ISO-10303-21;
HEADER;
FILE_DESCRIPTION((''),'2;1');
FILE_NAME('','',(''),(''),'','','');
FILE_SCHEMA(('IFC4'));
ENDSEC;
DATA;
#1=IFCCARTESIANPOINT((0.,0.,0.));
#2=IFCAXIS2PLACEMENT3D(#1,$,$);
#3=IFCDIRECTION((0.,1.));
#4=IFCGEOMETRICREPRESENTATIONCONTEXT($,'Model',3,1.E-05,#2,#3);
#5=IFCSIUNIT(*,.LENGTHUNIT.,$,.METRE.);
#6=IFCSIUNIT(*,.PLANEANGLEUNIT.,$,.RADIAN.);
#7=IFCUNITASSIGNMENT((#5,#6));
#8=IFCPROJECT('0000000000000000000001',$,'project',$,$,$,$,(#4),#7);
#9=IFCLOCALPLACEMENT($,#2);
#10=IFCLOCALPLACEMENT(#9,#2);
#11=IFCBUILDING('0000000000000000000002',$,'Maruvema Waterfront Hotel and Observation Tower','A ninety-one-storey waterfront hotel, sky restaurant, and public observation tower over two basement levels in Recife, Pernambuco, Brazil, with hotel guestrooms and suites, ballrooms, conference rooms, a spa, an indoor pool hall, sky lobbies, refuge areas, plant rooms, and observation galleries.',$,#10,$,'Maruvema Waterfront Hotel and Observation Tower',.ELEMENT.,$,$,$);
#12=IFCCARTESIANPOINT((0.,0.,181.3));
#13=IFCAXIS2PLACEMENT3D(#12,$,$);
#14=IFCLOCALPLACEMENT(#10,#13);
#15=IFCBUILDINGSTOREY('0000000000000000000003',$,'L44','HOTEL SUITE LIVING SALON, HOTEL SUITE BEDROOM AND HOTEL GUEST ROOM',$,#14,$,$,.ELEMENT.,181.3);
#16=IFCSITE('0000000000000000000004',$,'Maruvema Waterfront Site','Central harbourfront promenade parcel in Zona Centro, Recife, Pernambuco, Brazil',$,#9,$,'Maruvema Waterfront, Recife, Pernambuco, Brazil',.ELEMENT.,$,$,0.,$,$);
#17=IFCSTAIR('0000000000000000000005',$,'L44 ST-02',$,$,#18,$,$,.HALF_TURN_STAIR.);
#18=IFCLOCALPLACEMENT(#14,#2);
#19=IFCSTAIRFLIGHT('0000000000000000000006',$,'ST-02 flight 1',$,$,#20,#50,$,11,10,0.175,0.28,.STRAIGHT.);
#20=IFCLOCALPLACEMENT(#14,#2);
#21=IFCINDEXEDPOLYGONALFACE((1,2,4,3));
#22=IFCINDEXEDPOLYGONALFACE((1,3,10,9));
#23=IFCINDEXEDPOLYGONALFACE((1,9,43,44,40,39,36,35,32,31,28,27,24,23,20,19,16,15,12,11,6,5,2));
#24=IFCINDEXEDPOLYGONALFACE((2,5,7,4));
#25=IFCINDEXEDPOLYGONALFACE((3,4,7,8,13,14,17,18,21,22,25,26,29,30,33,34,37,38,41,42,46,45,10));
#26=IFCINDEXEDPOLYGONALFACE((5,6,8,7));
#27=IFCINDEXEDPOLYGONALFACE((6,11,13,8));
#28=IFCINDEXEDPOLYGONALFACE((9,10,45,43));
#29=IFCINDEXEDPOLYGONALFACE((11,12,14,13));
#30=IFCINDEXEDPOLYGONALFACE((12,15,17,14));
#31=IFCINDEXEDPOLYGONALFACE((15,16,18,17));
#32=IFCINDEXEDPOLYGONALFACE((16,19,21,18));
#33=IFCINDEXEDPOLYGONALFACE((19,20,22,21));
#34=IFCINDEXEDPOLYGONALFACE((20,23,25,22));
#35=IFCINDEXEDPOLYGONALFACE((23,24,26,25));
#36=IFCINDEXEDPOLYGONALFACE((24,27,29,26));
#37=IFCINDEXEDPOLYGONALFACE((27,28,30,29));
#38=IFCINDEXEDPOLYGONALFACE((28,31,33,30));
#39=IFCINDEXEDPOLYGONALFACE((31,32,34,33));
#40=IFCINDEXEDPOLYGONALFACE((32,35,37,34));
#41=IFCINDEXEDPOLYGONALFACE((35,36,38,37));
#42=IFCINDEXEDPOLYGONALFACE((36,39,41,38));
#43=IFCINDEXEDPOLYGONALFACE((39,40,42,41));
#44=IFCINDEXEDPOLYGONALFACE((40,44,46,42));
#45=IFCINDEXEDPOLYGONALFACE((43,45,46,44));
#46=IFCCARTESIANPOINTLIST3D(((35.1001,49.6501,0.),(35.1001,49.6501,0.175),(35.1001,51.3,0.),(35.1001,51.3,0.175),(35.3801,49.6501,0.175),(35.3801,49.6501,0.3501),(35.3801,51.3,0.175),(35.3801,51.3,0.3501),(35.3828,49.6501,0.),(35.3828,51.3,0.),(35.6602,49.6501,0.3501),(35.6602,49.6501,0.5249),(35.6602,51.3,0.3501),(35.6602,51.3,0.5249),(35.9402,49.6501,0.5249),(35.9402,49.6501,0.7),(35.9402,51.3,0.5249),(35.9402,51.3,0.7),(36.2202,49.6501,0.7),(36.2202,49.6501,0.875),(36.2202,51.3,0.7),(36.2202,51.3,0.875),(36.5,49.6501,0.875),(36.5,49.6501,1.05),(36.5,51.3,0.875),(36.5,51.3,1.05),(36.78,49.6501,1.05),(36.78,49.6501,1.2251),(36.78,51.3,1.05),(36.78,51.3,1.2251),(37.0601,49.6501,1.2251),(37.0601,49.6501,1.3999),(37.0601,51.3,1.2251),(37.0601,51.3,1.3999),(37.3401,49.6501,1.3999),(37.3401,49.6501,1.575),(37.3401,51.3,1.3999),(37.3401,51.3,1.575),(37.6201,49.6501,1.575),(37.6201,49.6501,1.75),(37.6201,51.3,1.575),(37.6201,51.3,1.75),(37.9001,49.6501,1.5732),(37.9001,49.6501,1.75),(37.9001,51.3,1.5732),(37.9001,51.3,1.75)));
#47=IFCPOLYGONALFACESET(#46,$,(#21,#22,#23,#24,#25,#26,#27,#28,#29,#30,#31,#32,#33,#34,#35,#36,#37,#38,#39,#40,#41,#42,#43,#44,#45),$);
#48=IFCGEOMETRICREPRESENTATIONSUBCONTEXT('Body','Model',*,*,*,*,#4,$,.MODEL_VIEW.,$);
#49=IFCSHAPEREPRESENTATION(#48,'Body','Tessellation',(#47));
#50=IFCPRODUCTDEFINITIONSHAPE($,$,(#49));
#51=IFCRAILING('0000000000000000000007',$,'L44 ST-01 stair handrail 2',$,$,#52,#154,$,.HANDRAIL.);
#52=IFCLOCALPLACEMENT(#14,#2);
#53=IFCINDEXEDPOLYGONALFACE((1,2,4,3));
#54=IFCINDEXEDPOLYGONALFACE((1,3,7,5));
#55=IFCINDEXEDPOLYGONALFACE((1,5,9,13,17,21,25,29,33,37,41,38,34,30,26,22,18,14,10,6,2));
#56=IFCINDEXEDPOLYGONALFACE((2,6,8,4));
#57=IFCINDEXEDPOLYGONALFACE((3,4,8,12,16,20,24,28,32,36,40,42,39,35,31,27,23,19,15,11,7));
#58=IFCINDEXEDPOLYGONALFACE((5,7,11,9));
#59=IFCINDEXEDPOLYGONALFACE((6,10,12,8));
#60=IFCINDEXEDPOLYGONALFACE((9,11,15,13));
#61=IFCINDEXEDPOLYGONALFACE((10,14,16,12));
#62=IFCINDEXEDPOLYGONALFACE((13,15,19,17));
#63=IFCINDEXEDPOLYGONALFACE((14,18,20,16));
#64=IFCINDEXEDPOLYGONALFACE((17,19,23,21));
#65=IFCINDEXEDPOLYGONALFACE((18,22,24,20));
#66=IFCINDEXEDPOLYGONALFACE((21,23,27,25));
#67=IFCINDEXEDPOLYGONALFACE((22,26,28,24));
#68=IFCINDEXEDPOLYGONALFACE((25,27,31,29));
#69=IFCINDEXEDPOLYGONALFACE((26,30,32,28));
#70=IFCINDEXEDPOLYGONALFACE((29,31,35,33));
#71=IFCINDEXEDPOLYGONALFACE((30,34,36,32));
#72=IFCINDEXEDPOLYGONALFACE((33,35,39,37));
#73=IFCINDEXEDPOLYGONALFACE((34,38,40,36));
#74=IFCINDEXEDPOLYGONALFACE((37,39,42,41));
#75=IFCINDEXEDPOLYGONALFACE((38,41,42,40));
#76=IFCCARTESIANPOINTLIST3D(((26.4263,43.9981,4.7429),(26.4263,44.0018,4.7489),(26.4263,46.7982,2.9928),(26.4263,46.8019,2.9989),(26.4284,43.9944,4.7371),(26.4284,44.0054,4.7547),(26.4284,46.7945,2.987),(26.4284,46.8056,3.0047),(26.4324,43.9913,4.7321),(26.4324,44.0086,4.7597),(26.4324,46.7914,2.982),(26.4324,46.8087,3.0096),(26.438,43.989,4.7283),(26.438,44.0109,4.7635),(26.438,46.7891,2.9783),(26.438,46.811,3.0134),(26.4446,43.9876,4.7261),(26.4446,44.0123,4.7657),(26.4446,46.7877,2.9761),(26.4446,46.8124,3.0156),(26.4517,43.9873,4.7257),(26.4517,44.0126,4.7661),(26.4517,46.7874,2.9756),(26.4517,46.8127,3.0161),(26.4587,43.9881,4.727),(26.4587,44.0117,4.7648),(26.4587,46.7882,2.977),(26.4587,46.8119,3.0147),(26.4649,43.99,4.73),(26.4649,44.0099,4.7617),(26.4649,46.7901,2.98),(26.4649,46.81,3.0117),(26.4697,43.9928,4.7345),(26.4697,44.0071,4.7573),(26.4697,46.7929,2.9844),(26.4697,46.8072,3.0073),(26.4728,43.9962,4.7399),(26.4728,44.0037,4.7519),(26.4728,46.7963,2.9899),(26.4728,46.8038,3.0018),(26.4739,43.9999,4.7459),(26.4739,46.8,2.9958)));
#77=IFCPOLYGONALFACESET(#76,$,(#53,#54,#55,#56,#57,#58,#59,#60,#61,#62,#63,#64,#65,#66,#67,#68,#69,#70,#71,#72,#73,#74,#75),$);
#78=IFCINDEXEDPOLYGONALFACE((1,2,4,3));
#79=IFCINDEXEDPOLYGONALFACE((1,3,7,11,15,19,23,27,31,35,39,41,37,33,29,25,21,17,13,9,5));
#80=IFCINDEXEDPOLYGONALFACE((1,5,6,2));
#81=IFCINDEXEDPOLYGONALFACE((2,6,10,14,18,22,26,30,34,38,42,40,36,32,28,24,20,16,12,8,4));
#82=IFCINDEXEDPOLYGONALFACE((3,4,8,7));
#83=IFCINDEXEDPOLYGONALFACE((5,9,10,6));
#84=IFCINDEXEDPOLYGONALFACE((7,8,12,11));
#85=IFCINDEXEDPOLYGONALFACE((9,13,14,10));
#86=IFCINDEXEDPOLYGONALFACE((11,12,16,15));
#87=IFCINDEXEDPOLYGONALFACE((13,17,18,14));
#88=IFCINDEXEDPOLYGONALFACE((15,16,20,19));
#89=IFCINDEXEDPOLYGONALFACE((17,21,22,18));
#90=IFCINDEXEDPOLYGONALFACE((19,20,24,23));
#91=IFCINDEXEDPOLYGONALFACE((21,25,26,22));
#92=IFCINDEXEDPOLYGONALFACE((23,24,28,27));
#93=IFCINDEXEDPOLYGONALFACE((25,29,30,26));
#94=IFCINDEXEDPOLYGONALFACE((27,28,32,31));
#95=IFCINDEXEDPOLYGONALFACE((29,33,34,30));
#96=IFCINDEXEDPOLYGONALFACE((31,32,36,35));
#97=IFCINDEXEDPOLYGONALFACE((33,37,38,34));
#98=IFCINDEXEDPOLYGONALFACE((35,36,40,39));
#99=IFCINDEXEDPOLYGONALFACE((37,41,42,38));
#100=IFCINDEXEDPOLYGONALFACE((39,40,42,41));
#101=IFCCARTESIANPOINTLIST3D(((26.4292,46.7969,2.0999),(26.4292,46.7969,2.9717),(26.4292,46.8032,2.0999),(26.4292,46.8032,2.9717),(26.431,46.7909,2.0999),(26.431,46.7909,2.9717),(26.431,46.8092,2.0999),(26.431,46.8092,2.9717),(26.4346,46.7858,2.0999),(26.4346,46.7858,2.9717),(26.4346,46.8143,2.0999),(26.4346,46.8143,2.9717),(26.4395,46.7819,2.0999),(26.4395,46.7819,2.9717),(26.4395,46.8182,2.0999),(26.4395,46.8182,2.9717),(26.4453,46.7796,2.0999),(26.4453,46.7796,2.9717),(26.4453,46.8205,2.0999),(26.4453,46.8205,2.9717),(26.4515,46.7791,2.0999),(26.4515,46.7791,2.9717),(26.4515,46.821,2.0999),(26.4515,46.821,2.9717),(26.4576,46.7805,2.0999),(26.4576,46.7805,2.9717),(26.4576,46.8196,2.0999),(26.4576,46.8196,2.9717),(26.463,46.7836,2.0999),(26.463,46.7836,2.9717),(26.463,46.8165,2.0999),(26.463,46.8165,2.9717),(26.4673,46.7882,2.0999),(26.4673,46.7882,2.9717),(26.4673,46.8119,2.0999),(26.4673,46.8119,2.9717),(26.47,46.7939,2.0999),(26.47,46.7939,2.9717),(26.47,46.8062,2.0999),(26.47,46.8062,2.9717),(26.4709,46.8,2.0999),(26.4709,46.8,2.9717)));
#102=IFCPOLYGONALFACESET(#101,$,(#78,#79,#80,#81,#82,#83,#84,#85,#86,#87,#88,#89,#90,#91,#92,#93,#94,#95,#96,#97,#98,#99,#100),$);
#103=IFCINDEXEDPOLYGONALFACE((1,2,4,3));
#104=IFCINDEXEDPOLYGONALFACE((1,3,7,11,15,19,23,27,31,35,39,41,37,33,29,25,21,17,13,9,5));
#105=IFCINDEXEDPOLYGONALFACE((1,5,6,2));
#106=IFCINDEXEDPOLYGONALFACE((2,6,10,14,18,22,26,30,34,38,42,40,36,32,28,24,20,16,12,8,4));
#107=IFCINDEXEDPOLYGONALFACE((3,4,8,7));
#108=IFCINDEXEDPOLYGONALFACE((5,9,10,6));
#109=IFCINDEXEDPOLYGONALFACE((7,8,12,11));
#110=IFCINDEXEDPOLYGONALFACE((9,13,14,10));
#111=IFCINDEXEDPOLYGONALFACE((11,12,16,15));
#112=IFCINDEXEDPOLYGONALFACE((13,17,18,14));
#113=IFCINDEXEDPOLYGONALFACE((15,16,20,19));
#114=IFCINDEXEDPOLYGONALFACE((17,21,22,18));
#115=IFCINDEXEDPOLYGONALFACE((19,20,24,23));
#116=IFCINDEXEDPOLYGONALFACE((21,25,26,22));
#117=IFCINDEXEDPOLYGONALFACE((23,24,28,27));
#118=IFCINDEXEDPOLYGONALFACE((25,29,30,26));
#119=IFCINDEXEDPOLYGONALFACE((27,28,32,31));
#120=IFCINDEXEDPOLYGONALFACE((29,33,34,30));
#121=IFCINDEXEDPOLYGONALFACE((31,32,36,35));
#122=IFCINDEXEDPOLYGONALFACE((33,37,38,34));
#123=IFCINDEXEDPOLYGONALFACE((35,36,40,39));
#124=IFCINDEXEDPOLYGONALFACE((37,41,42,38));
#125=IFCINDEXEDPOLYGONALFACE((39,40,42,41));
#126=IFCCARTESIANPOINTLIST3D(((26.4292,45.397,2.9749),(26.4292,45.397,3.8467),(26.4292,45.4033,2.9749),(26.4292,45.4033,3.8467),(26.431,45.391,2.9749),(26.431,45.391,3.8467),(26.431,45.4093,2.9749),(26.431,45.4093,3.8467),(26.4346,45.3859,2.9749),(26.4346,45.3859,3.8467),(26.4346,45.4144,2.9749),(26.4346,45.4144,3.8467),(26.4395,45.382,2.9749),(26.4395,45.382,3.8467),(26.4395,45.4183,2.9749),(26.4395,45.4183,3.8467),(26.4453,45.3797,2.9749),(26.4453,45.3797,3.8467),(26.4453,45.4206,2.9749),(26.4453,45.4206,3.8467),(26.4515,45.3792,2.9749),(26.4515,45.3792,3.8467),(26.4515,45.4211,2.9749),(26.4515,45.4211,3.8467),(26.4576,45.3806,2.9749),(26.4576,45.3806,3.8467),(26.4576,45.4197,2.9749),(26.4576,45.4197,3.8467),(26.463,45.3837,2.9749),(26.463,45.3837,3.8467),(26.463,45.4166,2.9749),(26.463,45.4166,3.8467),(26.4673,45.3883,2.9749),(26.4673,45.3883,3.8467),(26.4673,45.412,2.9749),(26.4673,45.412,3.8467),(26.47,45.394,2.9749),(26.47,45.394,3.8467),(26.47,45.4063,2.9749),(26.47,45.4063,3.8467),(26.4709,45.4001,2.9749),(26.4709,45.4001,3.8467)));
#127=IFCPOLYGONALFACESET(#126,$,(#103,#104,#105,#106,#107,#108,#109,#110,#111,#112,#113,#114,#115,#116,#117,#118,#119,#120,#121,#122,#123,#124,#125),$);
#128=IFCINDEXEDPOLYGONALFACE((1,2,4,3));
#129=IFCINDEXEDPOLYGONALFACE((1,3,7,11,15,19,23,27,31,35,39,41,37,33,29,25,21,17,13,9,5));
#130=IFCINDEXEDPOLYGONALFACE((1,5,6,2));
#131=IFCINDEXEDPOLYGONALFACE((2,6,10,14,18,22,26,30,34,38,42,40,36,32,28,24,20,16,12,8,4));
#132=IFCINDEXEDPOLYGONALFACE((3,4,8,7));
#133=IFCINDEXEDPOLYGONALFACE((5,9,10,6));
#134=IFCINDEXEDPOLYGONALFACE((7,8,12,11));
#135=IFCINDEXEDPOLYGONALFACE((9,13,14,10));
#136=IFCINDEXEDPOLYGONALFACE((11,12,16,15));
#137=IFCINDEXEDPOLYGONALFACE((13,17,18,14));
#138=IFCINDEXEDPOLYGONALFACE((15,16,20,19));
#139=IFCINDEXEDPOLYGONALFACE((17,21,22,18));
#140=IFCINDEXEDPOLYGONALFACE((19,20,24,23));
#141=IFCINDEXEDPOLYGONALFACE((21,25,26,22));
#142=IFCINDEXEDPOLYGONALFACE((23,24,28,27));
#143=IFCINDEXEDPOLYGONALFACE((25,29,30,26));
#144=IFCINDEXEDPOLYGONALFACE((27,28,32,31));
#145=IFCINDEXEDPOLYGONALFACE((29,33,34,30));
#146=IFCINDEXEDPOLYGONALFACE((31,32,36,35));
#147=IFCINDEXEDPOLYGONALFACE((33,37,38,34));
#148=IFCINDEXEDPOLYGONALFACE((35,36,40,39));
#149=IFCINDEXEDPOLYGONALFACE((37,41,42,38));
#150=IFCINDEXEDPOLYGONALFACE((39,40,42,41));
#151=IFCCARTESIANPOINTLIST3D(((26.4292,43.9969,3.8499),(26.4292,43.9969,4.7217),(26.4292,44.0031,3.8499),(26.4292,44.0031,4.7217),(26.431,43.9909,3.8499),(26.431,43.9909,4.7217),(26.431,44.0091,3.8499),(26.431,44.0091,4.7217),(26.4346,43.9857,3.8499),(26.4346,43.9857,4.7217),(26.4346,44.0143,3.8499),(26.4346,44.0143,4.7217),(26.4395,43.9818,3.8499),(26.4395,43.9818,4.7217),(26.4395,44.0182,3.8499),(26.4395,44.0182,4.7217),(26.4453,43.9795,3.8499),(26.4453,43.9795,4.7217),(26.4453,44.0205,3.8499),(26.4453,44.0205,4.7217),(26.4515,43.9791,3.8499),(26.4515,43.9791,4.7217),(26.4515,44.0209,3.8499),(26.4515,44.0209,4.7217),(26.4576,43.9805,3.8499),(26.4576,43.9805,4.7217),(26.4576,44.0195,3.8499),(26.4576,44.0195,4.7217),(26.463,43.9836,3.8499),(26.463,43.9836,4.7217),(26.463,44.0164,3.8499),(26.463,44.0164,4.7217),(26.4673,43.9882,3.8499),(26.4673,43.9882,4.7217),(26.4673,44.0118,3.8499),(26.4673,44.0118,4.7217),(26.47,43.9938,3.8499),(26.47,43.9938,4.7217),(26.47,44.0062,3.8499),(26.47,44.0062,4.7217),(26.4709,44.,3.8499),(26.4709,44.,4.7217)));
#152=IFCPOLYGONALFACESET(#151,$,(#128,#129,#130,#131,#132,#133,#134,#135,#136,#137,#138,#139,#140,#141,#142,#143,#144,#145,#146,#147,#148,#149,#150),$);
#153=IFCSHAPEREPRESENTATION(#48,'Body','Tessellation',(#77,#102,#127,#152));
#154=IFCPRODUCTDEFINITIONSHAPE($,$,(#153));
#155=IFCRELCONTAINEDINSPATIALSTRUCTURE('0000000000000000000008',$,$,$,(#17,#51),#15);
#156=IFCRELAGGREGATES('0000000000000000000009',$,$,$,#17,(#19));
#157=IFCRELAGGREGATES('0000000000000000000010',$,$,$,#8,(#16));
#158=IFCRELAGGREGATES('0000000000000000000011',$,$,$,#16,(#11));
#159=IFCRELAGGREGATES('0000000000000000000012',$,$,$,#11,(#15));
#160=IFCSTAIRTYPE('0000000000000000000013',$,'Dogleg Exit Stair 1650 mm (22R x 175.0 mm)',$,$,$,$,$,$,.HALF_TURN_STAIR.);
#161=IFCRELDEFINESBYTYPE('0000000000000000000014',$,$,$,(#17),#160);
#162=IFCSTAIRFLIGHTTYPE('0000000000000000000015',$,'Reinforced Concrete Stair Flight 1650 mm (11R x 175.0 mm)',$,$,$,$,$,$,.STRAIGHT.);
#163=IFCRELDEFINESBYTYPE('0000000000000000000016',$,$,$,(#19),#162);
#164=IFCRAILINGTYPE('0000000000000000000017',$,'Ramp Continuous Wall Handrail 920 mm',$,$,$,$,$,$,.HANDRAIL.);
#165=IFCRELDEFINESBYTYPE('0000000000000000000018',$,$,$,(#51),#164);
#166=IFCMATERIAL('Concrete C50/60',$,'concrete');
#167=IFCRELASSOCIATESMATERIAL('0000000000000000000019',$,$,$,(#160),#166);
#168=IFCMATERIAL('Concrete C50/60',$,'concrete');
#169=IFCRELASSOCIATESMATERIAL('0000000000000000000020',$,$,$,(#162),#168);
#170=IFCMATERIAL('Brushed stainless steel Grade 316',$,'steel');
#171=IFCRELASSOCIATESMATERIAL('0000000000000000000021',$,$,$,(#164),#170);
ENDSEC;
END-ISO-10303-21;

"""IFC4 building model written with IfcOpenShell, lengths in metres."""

from ifc_helpers import new_model, si_unit, direction, frame, origin, origin_2d, place, context, subcontext, project, spatial, polyline, circle, outline, extrude, material, type_object, element, aggregate, save


model = new_model("IFC4")

# Units and contexts
model_context = context("Model", 3, precision=1e-05, world=origin(), true_north=direction((0.0, 1.0)))
body_context = subcontext(model_context, "Body", "Model", "MODEL_VIEW")
ifc_project = project(units=[si_unit("LENGTHUNIT", "METRE"), si_unit("PLANEANGLEUNIT", "RADIAN")], contexts=[model_context])

# Site, building, storey
site_placement = place(None, origin())
site = spatial("IfcSite", under=ifc_project, at=site_placement, Name="Maruvema Waterfront Site", Description="Central harbourfront promenade parcel in Zona Centro, Recife, Pernambuco, Brazil", LongName="Maruvema Waterfront, Recife, Pernambuco, Brazil", CompositionType="ELEMENT", RefElevation=0.0)
building_placement = place(site_placement, origin())
building = spatial("IfcBuilding", under=site, at=building_placement, Name="Maruvema Waterfront Hotel and Observation Tower", Description="A ninety-one-storey waterfront hotel, sky restaurant, and public observation tower over two basement levels in Recife, Pernambuco, Brazil, with hotel guestrooms and suites, ballrooms, conference rooms, a spa, an indoor pool hall, sky lobbies, refuge areas, plant rooms, and observation galleries.", LongName="Maruvema Waterfront Hotel and Observation Tower", CompositionType="ELEMENT")
storey_placement = place(building_placement, frame((0.0, 0.0, 181.3)))
storey = spatial("IfcBuildingStorey", under=building, at=storey_placement, Name="L44", Description="HOTEL SUITE LIVING SALON, HOTEL SUITE BEDROOM AND HOTEL GUEST ROOM", CompositionType="ELEMENT", Elevation=181.3)

# Stair, stair flight
ifc_material_1 = material(Name="Concrete C50/60", Category="concrete")
stair_type = type_object("IfcStairType", Name="Dogleg Exit Stair 1650 mm (22R x 175.0 mm)", PredefinedType="HALF_TURN_STAIR", material=ifc_material_1)
ifc_material_2 = material(Name="Concrete C50/60", Category="concrete")
stair_flight_type = type_object("IfcStairFlightType", Name="Reinforced Concrete Stair Flight 1650 mm (11R x 175.0 mm)", PredefinedType="STRAIGHT", material=ifc_material_2)
stair_1_placement = place(storey_placement, origin())
stair_1 = element("IfcStair", 1, at=stair_1_placement, inside=storey, type_object=stair_type, Name="L44 ST-02", PredefinedType="HALF_TURN_STAIR")
stair_flight_1_placement = place(storey_placement, frame((35.1001, 50.4751, 0.0), z_axis=(0.0, 0.0, 1.0), x_axis=(1.0, 0.0, 0.0)))
stair_flight_1 = element("IfcStairFlight", 2, at=stair_flight_1_placement, type_object=stair_flight_type, Name="ST-02 flight 1", NumberOfRisers=11, NumberOfTreads=10, PredefinedType="STRAIGHT", RiserHeight=0.175, TreadLength=0.28, context=body_context, shape_type="SweptSolid", body=[
    extrude(outline(polyline([(0.0, 0.0), (0.0, 0.175), (0.28, 0.175), (0.28, 0.3501), (0.5601, 0.3501), (0.5601, 0.5249), (0.8401, 0.5249), (0.8401, 0.7), (1.1201, 0.7), (1.1201, 0.875), (1.3999, 0.875), (1.3999, 1.05), (1.6799, 1.05), (1.6799, 1.2251), (1.96, 1.2251), (1.96, 1.3999), (2.24, 1.3999), (2.24, 1.575), (2.52, 1.575), (2.52, 1.75), (2.8, 1.75), (2.8, 1.925), (2.8, 1.5732), (0.2827, 0.0), (0.0, 0.0)])), frame((0.0, 0.825, 0.0), z_axis=(0.0, -1.0, 0.0), x_axis=(1.0, 0.0, 0.0)), (0.0, 0.0, 1.0), 1.6499),
])
aggregate(stair_1, [stair_flight_1])

# Railing
ifc_material_3 = material(Name="Brushed stainless steel Grade 316", Category="steel")
railing_type_1 = type_object("IfcRailingType", Name="Ramp Continuous Wall Handrail 920 mm", PredefinedType="HANDRAIL", material=ifc_material_3)
railing_1_placement = place(storey_placement, frame((26.45, 46.8, 2.0999)))
element("IfcRailing", 3, at=railing_1_placement, inside=storey, type_object=railing_type_1, Name="L44 ST-01 stair handrail 2", PredefinedType="HANDRAIL", context=body_context, shape_type="SweptSolid", body=[
    extrude(circle(Radius=0.0239, at=origin_2d()), frame((0.0, 0.0, 0.896), z_axis=(0.0, -0.848002, 0.529992), x_axis=(1.0, 0.0, 0.0)), (0.0, 0.0, 1.0), 3.302),
    extrude(circle(Radius=0.021, at=origin_2d()), origin(), (0.0, 0.0, 1.0), 0.8718),
    extrude(circle(Radius=0.021, at=origin_2d()), frame((0.0, -1.3999, 0.875)), (0.0, 0.0, 1.0), 0.8718),
    extrude(circle(Radius=0.021, at=origin_2d()), frame((0.0, -2.8, 1.75)), (0.0, 0.0, 1.0), 0.8718),
])

save(model, "model.ifc")
